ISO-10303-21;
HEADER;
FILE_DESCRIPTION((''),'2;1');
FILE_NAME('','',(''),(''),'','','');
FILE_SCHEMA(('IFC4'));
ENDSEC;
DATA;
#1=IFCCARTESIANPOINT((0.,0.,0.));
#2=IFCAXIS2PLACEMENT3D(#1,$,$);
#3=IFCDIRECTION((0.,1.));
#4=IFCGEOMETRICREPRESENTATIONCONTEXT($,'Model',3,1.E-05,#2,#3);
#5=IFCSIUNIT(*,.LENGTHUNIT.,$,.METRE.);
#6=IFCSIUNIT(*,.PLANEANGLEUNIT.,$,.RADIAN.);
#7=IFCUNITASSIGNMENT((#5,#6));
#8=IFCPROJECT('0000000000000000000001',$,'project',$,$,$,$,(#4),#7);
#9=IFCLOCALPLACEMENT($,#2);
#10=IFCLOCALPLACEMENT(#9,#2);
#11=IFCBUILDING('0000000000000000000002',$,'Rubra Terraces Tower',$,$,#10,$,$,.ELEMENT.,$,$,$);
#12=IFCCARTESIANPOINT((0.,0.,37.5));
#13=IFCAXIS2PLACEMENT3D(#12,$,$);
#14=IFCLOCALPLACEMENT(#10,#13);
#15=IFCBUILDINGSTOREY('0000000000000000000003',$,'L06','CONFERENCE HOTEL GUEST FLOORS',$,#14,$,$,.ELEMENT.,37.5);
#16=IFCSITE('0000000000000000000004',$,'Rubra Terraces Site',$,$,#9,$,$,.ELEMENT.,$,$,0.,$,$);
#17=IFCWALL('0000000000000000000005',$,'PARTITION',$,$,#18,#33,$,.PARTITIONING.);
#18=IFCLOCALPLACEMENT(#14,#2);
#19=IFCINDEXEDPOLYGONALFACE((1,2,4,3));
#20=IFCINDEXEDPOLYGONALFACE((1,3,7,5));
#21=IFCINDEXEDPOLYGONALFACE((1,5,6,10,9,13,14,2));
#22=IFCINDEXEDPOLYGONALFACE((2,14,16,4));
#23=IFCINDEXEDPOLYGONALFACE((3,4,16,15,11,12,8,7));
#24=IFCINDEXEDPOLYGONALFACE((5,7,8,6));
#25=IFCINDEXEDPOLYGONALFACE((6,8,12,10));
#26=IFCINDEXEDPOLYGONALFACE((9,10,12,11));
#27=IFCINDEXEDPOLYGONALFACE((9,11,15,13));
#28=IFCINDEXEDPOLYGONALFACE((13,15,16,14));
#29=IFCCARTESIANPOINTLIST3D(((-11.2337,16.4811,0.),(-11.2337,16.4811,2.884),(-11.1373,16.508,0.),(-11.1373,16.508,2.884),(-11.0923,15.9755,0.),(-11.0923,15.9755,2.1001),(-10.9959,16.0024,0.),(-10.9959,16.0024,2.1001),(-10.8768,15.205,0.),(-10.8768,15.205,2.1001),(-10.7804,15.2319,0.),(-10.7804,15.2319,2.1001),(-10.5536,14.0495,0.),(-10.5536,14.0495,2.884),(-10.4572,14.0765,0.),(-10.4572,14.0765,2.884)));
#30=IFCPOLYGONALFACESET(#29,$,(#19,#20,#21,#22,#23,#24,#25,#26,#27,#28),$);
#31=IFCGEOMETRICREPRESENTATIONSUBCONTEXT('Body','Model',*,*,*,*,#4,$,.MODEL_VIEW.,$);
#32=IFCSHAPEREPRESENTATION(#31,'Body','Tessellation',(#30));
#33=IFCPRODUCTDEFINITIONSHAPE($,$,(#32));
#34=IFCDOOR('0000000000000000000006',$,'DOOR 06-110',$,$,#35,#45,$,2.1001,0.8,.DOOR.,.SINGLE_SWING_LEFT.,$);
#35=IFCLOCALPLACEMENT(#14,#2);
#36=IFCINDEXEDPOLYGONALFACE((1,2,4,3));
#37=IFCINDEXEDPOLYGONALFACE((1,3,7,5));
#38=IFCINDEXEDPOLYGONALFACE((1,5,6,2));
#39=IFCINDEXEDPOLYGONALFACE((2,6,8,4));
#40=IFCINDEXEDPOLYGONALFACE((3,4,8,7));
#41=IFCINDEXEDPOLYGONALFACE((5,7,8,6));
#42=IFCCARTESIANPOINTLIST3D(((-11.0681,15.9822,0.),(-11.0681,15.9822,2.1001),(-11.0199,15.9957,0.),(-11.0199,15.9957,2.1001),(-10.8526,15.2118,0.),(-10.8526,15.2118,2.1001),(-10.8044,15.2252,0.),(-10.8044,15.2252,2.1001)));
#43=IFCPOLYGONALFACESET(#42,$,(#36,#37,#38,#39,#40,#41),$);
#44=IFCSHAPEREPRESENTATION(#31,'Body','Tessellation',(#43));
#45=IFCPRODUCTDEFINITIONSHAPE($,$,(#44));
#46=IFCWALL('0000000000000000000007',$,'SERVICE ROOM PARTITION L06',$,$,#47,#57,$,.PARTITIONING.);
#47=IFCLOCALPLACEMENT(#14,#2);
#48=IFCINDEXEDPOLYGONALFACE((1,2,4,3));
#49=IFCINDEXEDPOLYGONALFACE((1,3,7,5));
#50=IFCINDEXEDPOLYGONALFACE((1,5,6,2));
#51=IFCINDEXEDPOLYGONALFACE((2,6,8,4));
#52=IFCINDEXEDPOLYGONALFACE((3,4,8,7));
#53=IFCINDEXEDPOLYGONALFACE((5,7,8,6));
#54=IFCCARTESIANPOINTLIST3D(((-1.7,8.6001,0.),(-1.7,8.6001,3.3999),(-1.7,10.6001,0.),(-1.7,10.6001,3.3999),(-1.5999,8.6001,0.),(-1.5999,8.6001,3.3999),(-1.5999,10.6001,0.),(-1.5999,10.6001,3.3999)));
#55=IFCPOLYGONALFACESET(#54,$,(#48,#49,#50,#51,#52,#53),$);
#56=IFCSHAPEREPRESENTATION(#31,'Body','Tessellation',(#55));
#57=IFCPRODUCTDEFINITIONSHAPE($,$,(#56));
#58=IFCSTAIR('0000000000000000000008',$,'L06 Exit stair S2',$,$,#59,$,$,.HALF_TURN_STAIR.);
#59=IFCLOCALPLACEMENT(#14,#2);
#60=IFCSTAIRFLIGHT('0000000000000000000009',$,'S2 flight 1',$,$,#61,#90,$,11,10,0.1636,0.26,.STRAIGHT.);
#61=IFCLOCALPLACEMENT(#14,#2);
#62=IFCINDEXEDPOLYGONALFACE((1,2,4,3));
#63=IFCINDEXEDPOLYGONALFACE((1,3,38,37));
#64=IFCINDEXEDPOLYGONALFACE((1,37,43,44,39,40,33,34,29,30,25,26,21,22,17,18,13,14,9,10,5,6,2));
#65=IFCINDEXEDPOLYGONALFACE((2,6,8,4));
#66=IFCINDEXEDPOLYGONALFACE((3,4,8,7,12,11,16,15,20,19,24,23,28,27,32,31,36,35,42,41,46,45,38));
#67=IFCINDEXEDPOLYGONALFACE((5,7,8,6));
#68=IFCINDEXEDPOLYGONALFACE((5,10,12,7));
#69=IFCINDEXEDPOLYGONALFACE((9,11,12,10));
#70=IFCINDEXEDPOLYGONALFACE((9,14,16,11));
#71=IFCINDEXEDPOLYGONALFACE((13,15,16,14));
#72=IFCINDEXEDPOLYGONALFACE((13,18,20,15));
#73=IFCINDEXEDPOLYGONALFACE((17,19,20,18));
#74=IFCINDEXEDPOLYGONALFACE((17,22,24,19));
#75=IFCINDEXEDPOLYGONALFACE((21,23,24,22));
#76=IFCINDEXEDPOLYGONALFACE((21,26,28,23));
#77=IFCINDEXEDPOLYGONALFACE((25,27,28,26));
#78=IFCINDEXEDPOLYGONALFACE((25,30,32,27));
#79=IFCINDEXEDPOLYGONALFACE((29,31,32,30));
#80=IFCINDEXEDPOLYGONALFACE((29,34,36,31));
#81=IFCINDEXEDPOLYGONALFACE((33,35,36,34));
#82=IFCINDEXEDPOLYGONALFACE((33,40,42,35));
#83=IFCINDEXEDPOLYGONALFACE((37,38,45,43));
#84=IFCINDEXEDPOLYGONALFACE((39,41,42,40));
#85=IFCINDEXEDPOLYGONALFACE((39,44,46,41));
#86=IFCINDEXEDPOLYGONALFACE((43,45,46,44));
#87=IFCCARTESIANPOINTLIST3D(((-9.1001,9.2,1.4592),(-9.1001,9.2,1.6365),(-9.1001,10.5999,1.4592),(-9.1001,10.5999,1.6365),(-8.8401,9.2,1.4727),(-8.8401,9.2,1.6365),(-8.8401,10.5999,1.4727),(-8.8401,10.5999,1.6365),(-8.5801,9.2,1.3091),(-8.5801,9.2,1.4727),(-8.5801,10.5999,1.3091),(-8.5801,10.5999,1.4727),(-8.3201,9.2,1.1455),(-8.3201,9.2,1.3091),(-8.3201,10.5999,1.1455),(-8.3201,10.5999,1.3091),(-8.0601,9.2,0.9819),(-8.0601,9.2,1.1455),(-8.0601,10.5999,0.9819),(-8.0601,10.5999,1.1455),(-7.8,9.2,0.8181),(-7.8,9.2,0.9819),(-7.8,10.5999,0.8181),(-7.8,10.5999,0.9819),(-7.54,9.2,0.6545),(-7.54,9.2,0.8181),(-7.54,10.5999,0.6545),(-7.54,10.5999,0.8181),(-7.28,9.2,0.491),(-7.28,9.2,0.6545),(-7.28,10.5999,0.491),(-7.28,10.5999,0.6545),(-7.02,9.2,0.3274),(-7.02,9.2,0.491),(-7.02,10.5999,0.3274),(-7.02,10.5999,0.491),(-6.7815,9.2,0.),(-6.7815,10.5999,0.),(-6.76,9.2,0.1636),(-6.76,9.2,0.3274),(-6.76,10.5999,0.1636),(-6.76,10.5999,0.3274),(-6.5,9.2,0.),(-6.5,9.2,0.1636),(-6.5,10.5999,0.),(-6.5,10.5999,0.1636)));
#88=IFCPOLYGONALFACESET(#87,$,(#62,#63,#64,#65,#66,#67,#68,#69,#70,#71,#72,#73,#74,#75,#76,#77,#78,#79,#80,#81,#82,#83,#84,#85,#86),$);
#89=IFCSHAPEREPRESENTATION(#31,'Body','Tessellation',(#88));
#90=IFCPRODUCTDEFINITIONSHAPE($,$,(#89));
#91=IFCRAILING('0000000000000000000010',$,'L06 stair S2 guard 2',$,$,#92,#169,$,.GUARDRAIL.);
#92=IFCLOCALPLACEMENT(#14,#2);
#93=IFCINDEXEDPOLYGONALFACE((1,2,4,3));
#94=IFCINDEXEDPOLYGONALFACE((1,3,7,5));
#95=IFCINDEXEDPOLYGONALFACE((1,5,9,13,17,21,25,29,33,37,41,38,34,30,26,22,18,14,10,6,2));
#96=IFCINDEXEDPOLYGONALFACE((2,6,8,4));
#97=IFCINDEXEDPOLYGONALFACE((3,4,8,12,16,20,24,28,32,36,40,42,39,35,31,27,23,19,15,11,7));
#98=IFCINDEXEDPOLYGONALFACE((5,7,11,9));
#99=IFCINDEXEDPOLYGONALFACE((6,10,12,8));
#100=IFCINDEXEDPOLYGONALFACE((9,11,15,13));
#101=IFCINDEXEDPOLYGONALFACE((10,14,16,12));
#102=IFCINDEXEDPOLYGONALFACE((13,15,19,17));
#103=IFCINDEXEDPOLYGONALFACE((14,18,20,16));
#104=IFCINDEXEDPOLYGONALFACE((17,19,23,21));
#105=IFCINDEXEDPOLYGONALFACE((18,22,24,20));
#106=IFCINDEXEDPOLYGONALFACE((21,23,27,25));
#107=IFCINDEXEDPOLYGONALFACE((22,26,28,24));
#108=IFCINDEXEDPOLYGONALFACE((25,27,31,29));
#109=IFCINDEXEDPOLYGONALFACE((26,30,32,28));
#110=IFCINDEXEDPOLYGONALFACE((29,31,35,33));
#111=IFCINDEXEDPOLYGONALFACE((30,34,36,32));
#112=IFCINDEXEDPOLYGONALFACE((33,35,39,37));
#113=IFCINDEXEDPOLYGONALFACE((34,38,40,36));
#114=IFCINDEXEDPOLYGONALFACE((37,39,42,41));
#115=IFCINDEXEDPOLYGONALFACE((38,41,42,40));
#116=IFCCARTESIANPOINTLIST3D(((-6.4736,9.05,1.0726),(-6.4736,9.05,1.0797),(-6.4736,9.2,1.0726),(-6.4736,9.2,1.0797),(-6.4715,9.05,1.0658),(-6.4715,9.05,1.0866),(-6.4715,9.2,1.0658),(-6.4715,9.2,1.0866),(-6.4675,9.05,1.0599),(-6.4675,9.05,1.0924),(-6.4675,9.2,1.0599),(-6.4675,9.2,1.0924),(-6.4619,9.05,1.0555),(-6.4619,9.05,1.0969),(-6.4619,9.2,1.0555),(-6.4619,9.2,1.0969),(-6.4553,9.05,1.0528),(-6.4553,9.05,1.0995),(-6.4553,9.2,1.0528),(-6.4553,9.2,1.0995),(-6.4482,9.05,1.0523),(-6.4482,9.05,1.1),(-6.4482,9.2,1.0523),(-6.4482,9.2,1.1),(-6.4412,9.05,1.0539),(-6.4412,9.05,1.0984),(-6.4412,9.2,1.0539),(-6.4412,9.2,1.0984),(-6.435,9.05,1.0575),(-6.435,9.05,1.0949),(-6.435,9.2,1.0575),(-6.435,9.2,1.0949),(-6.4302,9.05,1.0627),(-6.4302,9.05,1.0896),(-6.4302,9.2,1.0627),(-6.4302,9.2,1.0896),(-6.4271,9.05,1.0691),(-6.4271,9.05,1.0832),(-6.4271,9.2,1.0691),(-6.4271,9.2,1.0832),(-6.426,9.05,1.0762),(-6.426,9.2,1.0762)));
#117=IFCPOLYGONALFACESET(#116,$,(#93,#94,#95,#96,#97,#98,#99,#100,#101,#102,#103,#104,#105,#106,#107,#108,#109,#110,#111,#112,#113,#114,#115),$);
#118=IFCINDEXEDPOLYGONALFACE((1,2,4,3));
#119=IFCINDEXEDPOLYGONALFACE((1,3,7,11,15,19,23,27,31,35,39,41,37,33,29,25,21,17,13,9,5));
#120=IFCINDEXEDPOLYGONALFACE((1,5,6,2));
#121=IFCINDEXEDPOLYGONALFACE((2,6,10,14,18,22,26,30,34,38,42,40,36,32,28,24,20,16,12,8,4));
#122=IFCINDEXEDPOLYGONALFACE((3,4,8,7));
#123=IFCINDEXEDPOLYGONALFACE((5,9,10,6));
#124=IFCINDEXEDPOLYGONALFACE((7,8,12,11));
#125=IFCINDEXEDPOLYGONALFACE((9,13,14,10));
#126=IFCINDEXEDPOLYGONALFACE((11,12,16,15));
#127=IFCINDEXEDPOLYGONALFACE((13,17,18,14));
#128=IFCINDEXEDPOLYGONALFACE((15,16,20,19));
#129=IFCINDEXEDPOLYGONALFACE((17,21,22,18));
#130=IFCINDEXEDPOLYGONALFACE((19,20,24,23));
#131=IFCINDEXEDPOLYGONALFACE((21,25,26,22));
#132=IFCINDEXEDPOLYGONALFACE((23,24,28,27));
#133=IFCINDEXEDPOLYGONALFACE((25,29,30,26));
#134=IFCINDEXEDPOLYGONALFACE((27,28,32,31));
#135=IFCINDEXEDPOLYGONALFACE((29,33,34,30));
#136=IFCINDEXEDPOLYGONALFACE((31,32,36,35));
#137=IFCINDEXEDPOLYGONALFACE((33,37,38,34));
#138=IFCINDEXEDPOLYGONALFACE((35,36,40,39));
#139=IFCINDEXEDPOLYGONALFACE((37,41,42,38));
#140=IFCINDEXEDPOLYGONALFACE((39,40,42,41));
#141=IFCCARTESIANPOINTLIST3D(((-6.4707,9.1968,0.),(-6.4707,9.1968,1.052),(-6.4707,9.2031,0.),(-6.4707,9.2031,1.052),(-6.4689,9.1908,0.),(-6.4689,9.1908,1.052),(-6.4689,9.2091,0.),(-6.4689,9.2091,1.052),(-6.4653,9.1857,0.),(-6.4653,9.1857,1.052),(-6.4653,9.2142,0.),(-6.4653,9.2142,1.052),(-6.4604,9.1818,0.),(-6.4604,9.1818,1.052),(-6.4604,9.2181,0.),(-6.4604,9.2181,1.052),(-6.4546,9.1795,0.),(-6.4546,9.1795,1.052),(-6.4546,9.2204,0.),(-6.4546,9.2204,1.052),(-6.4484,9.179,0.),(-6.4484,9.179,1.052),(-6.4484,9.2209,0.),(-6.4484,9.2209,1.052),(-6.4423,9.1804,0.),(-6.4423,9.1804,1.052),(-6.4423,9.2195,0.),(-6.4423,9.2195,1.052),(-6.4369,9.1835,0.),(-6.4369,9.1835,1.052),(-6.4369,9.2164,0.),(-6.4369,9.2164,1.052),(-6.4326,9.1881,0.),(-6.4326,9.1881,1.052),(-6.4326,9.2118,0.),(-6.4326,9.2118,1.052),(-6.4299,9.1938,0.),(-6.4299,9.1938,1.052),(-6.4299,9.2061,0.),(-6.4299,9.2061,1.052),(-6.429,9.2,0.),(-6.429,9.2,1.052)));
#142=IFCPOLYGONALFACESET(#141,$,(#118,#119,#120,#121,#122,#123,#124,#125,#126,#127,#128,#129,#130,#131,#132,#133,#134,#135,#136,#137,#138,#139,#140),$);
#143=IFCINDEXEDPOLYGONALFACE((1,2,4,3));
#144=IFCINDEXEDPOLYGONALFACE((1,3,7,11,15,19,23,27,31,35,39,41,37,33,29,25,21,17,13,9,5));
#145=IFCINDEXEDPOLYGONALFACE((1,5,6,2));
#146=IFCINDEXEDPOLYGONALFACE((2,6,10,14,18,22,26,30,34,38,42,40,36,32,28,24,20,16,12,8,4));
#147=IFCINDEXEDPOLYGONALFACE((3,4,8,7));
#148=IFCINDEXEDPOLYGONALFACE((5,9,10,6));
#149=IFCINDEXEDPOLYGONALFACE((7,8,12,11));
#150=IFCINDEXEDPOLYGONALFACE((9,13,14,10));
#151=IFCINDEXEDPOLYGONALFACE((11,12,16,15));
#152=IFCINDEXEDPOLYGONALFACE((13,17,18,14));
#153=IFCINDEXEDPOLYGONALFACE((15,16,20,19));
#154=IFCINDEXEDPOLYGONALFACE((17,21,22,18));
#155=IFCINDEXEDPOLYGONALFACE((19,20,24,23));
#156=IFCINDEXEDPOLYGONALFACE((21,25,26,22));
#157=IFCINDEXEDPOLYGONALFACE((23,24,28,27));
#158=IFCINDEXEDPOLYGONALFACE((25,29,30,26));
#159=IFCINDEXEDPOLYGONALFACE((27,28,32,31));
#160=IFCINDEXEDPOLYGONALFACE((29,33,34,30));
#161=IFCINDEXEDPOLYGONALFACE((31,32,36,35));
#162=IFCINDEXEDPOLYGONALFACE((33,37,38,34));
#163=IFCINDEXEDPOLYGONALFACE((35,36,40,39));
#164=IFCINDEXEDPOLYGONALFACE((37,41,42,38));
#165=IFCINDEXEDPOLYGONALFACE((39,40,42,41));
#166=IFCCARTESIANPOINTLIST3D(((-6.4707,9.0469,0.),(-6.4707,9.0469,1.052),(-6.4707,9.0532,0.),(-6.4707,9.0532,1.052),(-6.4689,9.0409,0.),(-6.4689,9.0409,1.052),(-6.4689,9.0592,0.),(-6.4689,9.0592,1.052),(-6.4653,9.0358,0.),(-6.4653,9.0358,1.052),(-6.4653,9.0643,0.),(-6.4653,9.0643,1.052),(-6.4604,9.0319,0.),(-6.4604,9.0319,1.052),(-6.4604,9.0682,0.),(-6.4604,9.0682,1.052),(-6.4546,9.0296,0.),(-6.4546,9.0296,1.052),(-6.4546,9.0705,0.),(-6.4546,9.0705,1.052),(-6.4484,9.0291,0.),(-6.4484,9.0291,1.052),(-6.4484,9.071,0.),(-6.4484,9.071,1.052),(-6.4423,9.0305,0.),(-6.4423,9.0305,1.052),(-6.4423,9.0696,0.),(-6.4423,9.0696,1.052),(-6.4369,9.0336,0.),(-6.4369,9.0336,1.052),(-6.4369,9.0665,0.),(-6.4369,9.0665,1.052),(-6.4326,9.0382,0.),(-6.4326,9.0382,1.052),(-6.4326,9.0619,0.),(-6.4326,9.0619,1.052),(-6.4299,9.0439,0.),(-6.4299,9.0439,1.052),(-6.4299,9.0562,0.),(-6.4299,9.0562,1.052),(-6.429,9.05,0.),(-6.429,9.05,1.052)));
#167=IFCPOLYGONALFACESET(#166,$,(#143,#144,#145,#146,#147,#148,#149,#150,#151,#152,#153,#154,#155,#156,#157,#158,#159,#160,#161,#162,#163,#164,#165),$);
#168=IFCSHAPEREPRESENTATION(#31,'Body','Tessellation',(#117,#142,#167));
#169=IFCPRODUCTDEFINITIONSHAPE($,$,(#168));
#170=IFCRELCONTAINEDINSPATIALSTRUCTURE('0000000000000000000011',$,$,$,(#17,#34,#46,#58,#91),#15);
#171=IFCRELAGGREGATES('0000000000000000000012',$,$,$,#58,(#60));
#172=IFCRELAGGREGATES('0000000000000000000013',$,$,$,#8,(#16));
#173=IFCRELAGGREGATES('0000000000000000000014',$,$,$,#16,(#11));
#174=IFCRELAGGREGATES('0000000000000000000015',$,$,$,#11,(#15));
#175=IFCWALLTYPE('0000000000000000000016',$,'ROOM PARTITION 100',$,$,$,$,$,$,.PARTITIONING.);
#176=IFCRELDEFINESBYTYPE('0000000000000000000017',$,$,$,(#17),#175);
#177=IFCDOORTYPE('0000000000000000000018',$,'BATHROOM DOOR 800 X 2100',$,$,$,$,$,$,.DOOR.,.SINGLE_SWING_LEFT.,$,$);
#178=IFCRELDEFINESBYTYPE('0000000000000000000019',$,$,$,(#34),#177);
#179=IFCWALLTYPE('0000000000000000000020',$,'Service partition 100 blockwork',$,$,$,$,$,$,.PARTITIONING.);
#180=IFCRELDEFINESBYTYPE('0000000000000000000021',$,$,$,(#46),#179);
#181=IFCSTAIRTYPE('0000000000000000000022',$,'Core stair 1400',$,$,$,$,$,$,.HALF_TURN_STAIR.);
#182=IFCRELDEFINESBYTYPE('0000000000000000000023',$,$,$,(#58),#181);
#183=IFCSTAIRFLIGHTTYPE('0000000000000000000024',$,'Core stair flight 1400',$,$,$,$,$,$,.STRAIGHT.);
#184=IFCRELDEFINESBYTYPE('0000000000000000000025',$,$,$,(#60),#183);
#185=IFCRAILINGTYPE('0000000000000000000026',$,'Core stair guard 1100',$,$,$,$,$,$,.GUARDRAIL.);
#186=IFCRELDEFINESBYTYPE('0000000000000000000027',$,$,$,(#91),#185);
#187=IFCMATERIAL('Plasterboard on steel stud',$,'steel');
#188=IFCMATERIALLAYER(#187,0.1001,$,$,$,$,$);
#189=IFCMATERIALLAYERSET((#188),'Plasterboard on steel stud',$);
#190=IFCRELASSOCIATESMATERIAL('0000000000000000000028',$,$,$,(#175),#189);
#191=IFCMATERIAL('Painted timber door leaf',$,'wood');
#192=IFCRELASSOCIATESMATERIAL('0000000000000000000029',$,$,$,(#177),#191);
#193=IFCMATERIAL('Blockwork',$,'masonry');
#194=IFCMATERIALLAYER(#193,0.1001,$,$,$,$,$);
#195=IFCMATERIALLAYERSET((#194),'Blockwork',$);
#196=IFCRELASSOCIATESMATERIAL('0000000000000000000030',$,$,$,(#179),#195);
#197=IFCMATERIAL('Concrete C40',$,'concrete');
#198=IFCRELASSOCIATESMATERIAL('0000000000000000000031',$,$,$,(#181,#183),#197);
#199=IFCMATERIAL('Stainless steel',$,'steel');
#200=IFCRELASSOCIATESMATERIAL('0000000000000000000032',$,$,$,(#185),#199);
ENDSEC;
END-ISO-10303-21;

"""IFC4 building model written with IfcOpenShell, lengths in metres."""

from ifc_helpers import new_model, si_unit, direction, frame, frame_2d, origin, origin_2d, place, context, subcontext, project, spatial, polyline, rectangle, circle, outline, extrude, material, layer, layer_set, type_object, element, fill, aggregate, save


model = new_model("IFC4")

# Units and contexts
model_context = context("Model", 3, precision=1e-05, world=origin(), true_north=direction((0.0, 1.0)))
body_context = subcontext(model_context, "Body", "Model", "MODEL_VIEW")
ifc_project = project(units=[si_unit("LENGTHUNIT", "METRE"), si_unit("PLANEANGLEUNIT", "RADIAN")], contexts=[model_context])

# Site, building, storey
site_placement = place(None, origin())
site = spatial("IfcSite", under=ifc_project, at=site_placement, Name="Rubra Terraces Site", CompositionType="ELEMENT", RefElevation=0.0)
building_placement = place(site_placement, origin())
building = spatial("IfcBuilding", under=site, at=building_placement, Name="Rubra Terraces Tower", CompositionType="ELEMENT")
storey_placement = place(building_placement, frame((0.0, 0.0, 37.5)))
storey = spatial("IfcBuildingStorey", under=building, at=storey_placement, Name="L06", Description="CONFERENCE HOTEL GUEST FLOORS", CompositionType="ELEMENT", Elevation=37.5)

# Shared definitions
ifc_material_1 = material(Name="Painted timber door leaf", Category="wood")

# Wall, opening, door
ifc_material_2 = material(Name="Plasterboard on steel stud", Category="steel")
ifc_layer_1 = layer(ifc_material_2, 0.1001)
ifc_layer_set_1 = layer_set([ifc_layer_1], Name="Plasterboard on steel stud")
wall_type_1 = type_object("IfcWallType", Name="ROOM PARTITION 100", PredefinedType="PARTITIONING", material=ifc_layer_set_1)
wall_1_placement = place(storey_placement, frame((-10.5054, 14.063, 0.0), z_axis=(0.0, 0.0, 1.0), x_axis=(-0.269379, 0.963034, 0.0)))
wall_1 = element("IfcWall", 1, at=wall_1_placement, inside=storey, type_object=wall_type_1, Name="PARTITION", PredefinedType="PARTITIONING", context=body_context, shape_type="SweptSolid", body=[
    extrude(rectangle(XDim=2.5249, YDim=0.1001, at=frame_2d((1.2625, 0.0))), origin(), (0.0, 0.0, 1.0), 2.884),
])
opening_1_placement = place(wall_1_placement, frame((1.2, 0.0, 0.0)))
opening_1 = element("IfcOpeningElement", 2, at=opening_1_placement, cuts=wall_1, PredefinedType="OPENING", context=body_context, shape_type="SweptSolid", body=[
    extrude(rectangle(XDim=0.8, YDim=2.1001, at=frame_2d((0.3999, 1.05))), frame((0.0, 0.0601, 0.0), z_axis=(0.0, -1.0, 0.0), x_axis=(1.0, 0.0, 0.0)), (0.0, 0.0, 1.0), 0.1201),
])
door_type_1 = type_object("IfcDoorType", Name="BATHROOM DOOR 800 X 2100", OperationType="SINGLE_SWING_LEFT", PredefinedType="DOOR", material=ifc_material_1)
door_1_placement = place(opening_1_placement, origin())
door_1 = element("IfcDoor", 3, at=door_1_placement, inside=storey, type_object=door_type_1, Name="DOOR 06-110", OperationType="SINGLE_SWING_LEFT", OverallHeight=2.1001, OverallWidth=0.8, PredefinedType="DOOR", context=body_context, shape_type="SweptSolid", body=[
    extrude(rectangle(XDim=0.8, YDim=2.1001, at=frame_2d((0.3999, 1.05))), frame((0.0, 0.0249, 0.0), z_axis=(0.0, -1.0, 0.0), x_axis=(1.0, 0.0, 0.0)), (0.0, 0.0, 1.0), 0.05),
])
fill(opening_1, door_1)

# Wall
ifc_material_3 = material(Name="Blockwork", Category="masonry")
ifc_layer_2 = layer(ifc_material_3, 0.1001)
ifc_layer_set_2 = layer_set([ifc_layer_2], Name="Blockwork")
wall_type_2 = type_object("IfcWallType", Name="Service partition 100 blockwork", PredefinedType="PARTITIONING", material=ifc_layer_set_2)
wall_2_placement = place(storey_placement, frame((-1.6499, 8.6001, 0.0), z_axis=(0.0, 0.0, 1.0), x_axis=(0.0, 1.0, 0.0)))
element("IfcWall", 4, at=wall_2_placement, inside=storey, type_object=wall_type_2, Name="SERVICE ROOM PARTITION L06", PredefinedType="PARTITIONING", context=body_context, shape_type="SweptSolid", body=[
    extrude(rectangle(XDim=2.0, YDim=0.1001, at=frame_2d((1.0, 0.0))), origin(), (0.0, 0.0, 1.0), 3.3999),
])

# Stair, stair flight
ifc_material_4 = material(Name="Concrete C40", Category="concrete")
stair_type = type_object("IfcStairType", Name="Core stair 1400", PredefinedType="HALF_TURN_STAIR", material=ifc_material_4)
stair_placement = place(storey_placement, origin())
stair = element("IfcStair", 5, at=stair_placement, inside=storey, type_object=stair_type, Name="L06 Exit stair S2", PredefinedType="HALF_TURN_STAIR")
stair_flight_type = type_object("IfcStairFlightType", Name="Core stair flight 1400", PredefinedType="STRAIGHT", material=ifc_material_4)
stair_flight_placement = place(storey_placement, frame((-6.5, 9.8999, 0.0), z_axis=(0.0, 0.0, 1.0), x_axis=(-1.0, 0.0, 0.0)))
stair_flight = element("IfcStairFlight", 6, at=stair_flight_placement, type_object=stair_flight_type, Name="S2 flight 1", NumberOfRisers=11, NumberOfTreads=10, PredefinedType="STRAIGHT", RiserHeight=0.1636, TreadLength=0.26, context=body_context, shape_type="SweptSolid", body=[
    extrude(outline(polyline([(0.0, 0.0), (0.0, 0.1636), (0.26, 0.1636), (0.26, 0.3274), (0.52, 0.3274), (0.52, 0.491), (0.78, 0.491), (0.78, 0.6545), (1.04, 0.6545), (1.04, 0.8181), (1.3, 0.8181), (1.3, 0.9819), (1.5601, 0.9819), (1.5601, 1.1455), (1.8201, 1.1455), (1.8201, 1.3091), (2.0801, 1.3091), (2.0801, 1.4727), (2.3401, 1.4727), (2.3401, 1.6365), (2.6001, 1.6365), (2.6001, 1.8), (2.6001, 1.4592), (0.2815, 0.0), (0.0, 0.0)])), frame((0.0, 0.7, 0.0), z_axis=(0.0, -1.0, 0.0), x_axis=(1.0, 0.0, 0.0)), (0.0, 0.0, 1.0), 1.3999),
])
aggregate(stair, [stair_flight])

# Railing
ifc_material_5 = material(Name="Stainless steel", Category="steel")
railing_type_1 = type_object("IfcRailingType", Name="Core stair guard 1100", PredefinedType="GUARDRAIL", material=ifc_material_5)
railing_1_placement = place(storey_placement, frame((-6.45, 9.2, 0.0)))
element("IfcRailing", 7, at=railing_1_placement, inside=storey, type_object=railing_type_1, Name="L06 stair S2 guard 2", PredefinedType="GUARDRAIL", context=body_context, shape_type="SweptSolid", body=[
    extrude(circle(Radius=0.0239, at=origin_2d()), frame((0.0, 0.0, 1.0762), z_axis=(0.0, -1.0, 0.0), x_axis=(1.0, 0.0, 0.0)), (0.0, 0.0, 1.0), 0.1499),
    extrude(circle(Radius=0.021, at=origin_2d()), origin(), (0.0, 0.0, 1.0), 1.052),
    extrude(circle(Radius=0.021, at=origin_2d()), frame((0.0, -0.1499, 0.0)), (0.0, 0.0, 1.0), 1.052),
])

save(model, "model.ifc")
